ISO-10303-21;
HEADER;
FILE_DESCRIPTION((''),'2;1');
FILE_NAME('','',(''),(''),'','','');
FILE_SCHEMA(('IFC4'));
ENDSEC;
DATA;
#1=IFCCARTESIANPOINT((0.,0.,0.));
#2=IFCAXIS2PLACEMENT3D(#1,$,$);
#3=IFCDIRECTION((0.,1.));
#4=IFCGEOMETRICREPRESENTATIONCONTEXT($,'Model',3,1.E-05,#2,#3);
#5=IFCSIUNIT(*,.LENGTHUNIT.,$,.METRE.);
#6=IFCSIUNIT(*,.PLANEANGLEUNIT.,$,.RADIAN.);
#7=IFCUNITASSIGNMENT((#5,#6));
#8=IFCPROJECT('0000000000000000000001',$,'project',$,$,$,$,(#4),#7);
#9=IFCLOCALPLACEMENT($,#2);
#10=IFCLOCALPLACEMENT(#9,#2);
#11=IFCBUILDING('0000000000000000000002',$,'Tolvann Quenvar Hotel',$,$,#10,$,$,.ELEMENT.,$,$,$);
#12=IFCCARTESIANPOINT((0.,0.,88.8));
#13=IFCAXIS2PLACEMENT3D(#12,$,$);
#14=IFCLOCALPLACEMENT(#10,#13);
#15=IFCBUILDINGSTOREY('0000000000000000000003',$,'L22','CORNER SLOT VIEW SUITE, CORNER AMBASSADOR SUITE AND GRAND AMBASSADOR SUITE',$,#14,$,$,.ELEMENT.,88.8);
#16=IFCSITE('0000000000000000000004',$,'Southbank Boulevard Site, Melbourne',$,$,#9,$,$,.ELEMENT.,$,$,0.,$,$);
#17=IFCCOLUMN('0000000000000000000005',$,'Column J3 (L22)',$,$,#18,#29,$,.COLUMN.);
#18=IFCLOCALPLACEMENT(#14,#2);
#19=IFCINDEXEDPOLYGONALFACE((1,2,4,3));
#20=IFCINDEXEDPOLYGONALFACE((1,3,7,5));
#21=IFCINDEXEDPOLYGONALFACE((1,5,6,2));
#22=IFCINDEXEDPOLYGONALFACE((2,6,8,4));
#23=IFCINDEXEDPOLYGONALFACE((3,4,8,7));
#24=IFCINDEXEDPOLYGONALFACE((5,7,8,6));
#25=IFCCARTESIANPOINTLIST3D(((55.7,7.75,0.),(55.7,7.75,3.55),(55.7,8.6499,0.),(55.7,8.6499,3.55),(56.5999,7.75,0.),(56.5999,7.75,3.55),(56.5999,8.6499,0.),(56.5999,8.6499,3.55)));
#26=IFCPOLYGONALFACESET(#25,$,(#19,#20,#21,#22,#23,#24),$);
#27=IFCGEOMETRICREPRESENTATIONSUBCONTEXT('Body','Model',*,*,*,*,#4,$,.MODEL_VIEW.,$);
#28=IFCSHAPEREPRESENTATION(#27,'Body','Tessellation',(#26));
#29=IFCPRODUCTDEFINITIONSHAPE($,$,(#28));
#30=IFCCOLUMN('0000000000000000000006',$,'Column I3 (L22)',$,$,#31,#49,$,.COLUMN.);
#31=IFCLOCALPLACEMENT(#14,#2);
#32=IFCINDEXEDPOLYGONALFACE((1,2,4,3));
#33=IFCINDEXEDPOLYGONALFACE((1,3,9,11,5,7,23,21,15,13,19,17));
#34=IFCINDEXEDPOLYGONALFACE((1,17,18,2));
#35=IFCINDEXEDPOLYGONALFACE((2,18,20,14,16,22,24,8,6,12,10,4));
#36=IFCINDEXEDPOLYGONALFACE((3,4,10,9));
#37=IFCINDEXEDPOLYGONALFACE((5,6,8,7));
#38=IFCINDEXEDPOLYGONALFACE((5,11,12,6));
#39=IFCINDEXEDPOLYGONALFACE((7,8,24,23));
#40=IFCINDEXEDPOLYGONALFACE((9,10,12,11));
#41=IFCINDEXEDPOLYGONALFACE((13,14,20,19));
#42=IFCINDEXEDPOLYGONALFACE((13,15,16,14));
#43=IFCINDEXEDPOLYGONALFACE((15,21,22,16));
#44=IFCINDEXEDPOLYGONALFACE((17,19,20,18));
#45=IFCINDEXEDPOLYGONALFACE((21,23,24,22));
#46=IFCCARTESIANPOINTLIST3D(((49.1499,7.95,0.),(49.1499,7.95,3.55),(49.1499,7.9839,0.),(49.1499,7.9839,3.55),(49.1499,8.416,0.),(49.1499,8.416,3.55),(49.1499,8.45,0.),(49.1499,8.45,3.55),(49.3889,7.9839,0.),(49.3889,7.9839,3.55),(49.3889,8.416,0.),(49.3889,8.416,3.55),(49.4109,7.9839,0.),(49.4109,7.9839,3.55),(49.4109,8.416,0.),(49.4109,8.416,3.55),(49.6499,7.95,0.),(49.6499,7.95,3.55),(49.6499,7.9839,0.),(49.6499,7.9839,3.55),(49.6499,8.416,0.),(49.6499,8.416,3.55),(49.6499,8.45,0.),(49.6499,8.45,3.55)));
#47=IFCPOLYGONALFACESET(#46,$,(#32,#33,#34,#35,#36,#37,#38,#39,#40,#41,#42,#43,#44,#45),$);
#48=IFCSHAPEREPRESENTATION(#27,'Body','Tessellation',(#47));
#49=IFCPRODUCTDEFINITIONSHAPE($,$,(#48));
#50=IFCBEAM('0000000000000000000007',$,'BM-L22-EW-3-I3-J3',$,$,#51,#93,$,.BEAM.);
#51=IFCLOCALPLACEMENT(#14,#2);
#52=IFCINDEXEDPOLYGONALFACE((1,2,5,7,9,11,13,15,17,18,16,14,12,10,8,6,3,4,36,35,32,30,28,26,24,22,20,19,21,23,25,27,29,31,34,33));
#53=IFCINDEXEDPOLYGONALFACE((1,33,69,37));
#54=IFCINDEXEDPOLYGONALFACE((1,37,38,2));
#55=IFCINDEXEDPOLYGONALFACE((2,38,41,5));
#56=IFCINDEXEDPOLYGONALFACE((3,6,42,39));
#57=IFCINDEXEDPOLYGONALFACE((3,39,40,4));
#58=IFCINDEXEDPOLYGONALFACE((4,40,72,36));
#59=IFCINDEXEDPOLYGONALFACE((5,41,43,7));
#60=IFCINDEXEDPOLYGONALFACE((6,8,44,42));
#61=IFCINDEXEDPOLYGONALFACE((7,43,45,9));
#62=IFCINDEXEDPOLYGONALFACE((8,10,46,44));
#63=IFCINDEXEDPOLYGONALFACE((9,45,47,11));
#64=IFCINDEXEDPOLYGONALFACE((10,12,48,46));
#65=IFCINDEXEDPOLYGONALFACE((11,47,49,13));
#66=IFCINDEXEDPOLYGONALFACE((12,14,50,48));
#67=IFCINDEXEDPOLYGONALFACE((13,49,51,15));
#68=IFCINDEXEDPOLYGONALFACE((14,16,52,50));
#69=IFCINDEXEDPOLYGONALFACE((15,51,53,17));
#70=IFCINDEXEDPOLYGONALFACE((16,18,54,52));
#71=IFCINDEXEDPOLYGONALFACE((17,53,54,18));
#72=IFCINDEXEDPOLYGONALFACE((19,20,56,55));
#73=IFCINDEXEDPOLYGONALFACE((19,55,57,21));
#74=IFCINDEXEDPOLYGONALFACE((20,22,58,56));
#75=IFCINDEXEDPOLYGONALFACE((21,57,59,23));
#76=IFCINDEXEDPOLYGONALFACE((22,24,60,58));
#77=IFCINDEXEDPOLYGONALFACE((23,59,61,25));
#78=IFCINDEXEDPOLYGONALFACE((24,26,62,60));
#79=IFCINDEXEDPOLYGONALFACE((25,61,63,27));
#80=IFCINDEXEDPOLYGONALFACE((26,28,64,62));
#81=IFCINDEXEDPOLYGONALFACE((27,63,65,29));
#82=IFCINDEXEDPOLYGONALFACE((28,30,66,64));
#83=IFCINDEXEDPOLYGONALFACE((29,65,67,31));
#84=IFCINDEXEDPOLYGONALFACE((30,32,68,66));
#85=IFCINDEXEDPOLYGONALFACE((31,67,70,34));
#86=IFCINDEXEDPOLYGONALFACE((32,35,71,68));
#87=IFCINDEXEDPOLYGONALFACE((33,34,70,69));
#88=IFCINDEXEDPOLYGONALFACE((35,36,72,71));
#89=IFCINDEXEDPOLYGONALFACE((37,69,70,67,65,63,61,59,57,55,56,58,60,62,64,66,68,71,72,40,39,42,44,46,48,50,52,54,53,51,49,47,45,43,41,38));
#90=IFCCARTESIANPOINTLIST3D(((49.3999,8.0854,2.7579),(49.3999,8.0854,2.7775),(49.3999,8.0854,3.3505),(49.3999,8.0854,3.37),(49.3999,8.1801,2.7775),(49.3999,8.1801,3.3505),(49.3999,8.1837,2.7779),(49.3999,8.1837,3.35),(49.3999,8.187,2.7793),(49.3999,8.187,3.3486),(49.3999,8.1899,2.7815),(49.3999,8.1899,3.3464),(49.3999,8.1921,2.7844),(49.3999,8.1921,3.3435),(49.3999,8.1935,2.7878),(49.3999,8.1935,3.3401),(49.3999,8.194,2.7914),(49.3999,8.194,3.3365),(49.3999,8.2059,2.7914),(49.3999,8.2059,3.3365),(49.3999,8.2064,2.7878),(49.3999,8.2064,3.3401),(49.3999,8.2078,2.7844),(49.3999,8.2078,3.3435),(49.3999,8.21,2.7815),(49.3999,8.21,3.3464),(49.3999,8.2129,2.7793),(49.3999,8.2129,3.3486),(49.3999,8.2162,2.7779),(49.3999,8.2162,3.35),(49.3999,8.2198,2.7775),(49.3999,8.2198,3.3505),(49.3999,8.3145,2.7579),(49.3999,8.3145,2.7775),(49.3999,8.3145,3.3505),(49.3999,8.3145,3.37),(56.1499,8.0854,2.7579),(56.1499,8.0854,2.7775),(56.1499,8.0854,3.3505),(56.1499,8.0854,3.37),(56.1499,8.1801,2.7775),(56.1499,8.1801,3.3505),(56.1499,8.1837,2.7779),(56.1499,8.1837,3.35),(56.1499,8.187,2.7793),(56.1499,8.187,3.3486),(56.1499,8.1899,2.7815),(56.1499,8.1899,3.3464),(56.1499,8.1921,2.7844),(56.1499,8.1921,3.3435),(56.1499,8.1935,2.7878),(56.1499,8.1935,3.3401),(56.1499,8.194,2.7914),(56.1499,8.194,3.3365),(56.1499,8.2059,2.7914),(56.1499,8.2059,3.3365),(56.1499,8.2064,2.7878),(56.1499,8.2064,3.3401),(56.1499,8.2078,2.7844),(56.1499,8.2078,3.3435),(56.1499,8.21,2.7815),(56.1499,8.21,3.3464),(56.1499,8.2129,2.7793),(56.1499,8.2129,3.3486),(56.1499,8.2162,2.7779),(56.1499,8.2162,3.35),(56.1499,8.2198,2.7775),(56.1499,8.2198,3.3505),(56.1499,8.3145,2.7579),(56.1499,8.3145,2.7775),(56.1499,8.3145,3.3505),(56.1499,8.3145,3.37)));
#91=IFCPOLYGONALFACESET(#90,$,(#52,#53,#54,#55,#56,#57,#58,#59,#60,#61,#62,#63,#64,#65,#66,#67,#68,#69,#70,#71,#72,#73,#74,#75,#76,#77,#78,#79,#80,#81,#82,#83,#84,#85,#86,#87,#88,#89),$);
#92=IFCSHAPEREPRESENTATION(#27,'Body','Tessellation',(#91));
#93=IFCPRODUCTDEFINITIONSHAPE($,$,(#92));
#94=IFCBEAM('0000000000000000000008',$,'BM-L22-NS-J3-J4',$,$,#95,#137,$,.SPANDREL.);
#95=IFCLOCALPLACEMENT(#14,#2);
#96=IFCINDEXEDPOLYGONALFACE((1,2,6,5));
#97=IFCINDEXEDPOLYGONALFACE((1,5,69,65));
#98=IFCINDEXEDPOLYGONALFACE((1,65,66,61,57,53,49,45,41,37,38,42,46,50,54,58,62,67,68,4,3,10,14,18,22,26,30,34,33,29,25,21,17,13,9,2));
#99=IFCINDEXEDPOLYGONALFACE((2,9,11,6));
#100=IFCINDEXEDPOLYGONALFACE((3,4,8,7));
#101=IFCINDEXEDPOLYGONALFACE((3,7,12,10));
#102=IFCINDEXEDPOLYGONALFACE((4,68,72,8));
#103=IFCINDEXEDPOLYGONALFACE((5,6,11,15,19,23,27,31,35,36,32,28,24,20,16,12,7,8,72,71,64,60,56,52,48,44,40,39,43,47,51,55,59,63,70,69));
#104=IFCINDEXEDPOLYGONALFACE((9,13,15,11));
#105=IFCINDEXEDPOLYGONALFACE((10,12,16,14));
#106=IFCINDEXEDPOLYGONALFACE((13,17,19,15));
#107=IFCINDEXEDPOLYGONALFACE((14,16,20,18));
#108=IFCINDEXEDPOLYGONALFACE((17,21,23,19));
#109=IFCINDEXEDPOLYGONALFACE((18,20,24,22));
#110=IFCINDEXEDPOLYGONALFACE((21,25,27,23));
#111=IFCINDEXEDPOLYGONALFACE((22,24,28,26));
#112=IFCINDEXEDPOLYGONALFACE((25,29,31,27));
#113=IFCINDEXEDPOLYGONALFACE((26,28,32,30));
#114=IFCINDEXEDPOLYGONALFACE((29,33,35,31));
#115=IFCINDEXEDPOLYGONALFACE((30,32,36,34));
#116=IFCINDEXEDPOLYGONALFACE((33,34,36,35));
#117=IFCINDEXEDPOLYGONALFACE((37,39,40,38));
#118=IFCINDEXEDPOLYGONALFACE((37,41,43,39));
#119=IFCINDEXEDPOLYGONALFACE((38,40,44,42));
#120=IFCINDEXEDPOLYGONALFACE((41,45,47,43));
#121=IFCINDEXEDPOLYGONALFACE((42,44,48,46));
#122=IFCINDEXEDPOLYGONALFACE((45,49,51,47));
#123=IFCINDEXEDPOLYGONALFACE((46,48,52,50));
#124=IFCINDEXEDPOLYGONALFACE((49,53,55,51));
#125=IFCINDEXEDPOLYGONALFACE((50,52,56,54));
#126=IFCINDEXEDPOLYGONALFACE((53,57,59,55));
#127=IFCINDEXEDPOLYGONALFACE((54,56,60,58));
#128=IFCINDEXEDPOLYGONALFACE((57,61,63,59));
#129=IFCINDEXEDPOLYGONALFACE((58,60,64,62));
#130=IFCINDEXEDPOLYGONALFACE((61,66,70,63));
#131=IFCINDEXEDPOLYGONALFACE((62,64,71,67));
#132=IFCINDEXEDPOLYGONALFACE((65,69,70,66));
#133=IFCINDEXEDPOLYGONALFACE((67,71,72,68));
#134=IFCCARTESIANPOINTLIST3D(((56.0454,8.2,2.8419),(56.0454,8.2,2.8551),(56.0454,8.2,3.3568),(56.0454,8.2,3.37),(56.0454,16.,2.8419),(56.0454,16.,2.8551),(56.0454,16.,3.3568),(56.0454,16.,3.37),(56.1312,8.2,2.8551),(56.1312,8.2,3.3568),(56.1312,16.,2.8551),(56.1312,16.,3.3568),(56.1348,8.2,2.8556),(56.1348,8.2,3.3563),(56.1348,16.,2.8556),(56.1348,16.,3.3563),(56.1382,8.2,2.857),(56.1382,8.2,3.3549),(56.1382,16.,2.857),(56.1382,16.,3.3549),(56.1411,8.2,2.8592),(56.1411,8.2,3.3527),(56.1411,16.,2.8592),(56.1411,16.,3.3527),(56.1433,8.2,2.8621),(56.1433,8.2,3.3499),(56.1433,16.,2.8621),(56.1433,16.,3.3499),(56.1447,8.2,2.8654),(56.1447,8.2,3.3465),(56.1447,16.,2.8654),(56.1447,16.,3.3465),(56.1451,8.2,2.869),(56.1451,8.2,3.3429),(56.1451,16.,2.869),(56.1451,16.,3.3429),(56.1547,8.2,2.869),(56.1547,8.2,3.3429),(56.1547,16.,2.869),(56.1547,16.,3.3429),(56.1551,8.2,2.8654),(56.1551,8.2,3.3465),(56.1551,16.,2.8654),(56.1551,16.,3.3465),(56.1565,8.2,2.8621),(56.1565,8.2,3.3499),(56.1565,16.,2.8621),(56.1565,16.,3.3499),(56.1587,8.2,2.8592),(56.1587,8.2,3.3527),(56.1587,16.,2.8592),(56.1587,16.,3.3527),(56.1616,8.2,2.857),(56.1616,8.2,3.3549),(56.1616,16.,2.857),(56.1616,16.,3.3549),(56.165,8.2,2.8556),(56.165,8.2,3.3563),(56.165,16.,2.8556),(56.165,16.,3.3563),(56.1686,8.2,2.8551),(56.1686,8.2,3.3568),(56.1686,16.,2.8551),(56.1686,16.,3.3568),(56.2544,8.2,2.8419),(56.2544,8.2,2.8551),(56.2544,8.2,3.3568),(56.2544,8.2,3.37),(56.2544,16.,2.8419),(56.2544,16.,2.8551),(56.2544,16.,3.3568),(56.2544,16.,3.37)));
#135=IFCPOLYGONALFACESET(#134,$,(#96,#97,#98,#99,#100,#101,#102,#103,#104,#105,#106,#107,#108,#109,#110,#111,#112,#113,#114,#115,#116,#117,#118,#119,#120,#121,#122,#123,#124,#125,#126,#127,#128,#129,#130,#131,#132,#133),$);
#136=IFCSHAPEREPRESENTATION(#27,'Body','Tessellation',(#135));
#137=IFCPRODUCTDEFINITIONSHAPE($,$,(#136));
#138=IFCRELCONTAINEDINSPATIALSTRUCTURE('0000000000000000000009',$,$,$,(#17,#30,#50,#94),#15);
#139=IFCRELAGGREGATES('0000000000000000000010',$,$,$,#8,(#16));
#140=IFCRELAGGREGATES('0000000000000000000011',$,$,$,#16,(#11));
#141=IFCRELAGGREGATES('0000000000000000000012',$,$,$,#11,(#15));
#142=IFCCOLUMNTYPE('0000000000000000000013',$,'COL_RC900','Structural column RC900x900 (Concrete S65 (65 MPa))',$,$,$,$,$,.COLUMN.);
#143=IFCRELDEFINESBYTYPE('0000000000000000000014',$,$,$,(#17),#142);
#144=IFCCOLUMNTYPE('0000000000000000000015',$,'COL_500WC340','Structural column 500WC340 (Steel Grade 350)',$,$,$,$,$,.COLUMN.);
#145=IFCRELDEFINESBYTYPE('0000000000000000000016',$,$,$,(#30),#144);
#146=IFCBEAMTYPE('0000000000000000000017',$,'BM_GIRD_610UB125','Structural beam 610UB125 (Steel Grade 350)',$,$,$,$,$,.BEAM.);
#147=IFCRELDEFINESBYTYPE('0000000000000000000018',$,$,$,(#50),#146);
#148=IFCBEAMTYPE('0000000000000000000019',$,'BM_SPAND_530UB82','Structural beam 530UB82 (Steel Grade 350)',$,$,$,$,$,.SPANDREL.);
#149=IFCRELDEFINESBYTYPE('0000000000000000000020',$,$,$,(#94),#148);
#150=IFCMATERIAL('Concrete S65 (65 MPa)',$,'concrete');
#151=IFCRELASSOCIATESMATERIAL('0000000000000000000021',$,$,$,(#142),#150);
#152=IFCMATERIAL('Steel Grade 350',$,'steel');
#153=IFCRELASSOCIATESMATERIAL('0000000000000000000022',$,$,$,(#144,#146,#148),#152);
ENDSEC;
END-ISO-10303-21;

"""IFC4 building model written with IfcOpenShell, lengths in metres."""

from ifc_helpers import new_model, si_unit, direction, frame, origin, origin_2d, place, context, subcontext, project, spatial, rectangle, i_section, extrude, source, transform, mapped, material, material_profile, profile_set, type_object, type_shapes, element, save


model = new_model("IFC4")

# Units and contexts
model_context = context("Model", 3, precision=1e-05, world=origin(), true_north=direction((0.0, 1.0)))
body_context = subcontext(model_context, "Body", "Model", "MODEL_VIEW")
ifc_project = project(units=[si_unit("LENGTHUNIT", "METRE"), si_unit("PLANEANGLEUNIT", "RADIAN")], contexts=[model_context])

# Site, building, storey
site_placement = place(None, origin())
site = spatial("IfcSite", under=ifc_project, at=site_placement, Name="Southbank Boulevard Site, Melbourne", CompositionType="ELEMENT", RefElevation=0.0)
building_placement = place(site_placement, origin())
building = spatial("IfcBuilding", under=site, at=building_placement, Name="Tolvann Quenvar Hotel", CompositionType="ELEMENT")
storey_placement = place(building_placement, frame((0.0, 0.0, 88.8)))
storey = spatial("IfcBuildingStorey", under=building, at=storey_placement, Name="L22", Description="CORNER SLOT VIEW SUITE, CORNER AMBASSADOR SUITE AND GRAND AMBASSADOR SUITE", CompositionType="ELEMENT", Elevation=88.8)

# Columns
ifc_material_1 = material(Name="Concrete S65 (65 MPa)", Category="concrete")
ifc_material_profile_1 = material_profile(ifc_material_1, rectangle(XDim=0.8999, YDim=0.8999, at=origin_2d()), Name="RC900x900")
ifc_profile_set_1 = profile_set([ifc_material_profile_1], Name="Concrete S65 (65 MPa)")
column_type_1 = type_object("IfcColumnType", Name="COL_RC900", Description="Structural column RC900x900 (Concrete S65 (65 MPa))", PredefinedType="COLUMN", material=ifc_profile_set_1)
shared_shape_1 = source(origin(), body_context, "Body", "SweptSolid", [
    extrude(rectangle(XDim=0.8999, YDim=0.8999, at=origin_2d()), origin(), (0.0, 0.0, 1.0), 3.55),
])
type_shapes(column_type_1, [shared_shape_1])
column_1_placement = place(storey_placement, frame((56.1499, 8.2, 0.0), z_axis=(0.0, 0.0, 1.0), x_axis=(1.0, 0.0, 0.0)))
element("IfcColumn", 1, at=column_1_placement, inside=storey, type_object=column_type_1, Name="Column J3 (L22)", PredefinedType="COLUMN", context=body_context, shape_type="MappedRepresentation", body=[
    mapped(shared_shape_1, transform((0.0, 0.0, 0.0), x_axis=(1.0, 0.0, 0.0), y_axis=(0.0, 1.0, 0.0), z_axis=(0.0, 0.0, 1.0), scale=1.0)),
])
ifc_material_2 = material(Name="Steel Grade 350", Category="steel")
ifc_material_profile_2 = material_profile(ifc_material_2, i_section(OverallWidth=0.5, OverallDepth=0.5, WebThickness=0.022, FlangeThickness=0.0339, at=origin_2d()), Name="500WC340")
ifc_profile_set_2 = profile_set([ifc_material_profile_2], Name="Steel Grade 350")
column_type_2 = type_object("IfcColumnType", Name="COL_500WC340", Description="Structural column 500WC340 (Steel Grade 350)", PredefinedType="COLUMN", material=ifc_profile_set_2)
shared_shape_2 = source(origin(), body_context, "Body", "SweptSolid", [
    extrude(i_section(OverallWidth=0.5, OverallDepth=0.5, WebThickness=0.022, FlangeThickness=0.0339, at=origin_2d()), origin(), (0.0, 0.0, 1.0), 3.55),
])
type_shapes(column_type_2, [shared_shape_2])
column_2_placement = place(storey_placement, frame((49.3999, 8.2, 0.0), z_axis=(0.0, 0.0, 1.0), x_axis=(1.0, 0.0, 0.0)))
element("IfcColumn", 2, at=column_2_placement, inside=storey, type_object=column_type_2, Name="Column I3 (L22)", PredefinedType="COLUMN", context=body_context, shape_type="MappedRepresentation", body=[
    mapped(shared_shape_2, transform((0.0, 0.0, 0.0), x_axis=(1.0, 0.0, 0.0), y_axis=(0.0, 1.0, 0.0), z_axis=(0.0, 0.0, 1.0), scale=1.0)),
])

# Beams
ifc_material_profile_3 = material_profile(ifc_material_2, i_section(OverallWidth=0.229, OverallDepth=0.6121, WebThickness=0.012, FlangeThickness=0.0195, FilletRadius=0.0139, at=origin_2d()), Name="610UB125")
ifc_profile_set_3 = profile_set([ifc_material_profile_3], Name="Steel Grade 350")
beam_type_1 = type_object("IfcBeamType", Name="BM_GIRD_610UB125", Description="Structural beam 610UB125 (Steel Grade 350)", PredefinedType="BEAM", material=ifc_profile_set_3)
shared_shape_3 = source(origin(), body_context, "Body", "SweptSolid", [
    extrude(i_section(OverallWidth=0.229, OverallDepth=0.6121, WebThickness=0.012, FlangeThickness=0.0195, FilletRadius=0.0139, at=origin_2d()), origin(), (0.0, 0.0, 1.0), 6.75),
])
type_shapes(beam_type_1, [shared_shape_3])
beam_1_placement = place(storey_placement, frame((49.3999, 8.2, 3.064), z_axis=(1.0, 0.0, 0.0), x_axis=(0.0, 1.0, 0.0)))
element("IfcBeam", 3, at=beam_1_placement, inside=storey, type_object=beam_type_1, Name="BM-L22-EW-3-I3-J3", PredefinedType="BEAM", context=body_context, shape_type="MappedRepresentation", body=[
    mapped(shared_shape_3, transform((0.0, 0.0, 0.0), x_axis=(1.0, 0.0, 0.0), y_axis=(0.0, 1.0, 0.0), z_axis=(0.0, 0.0, 1.0), scale=1.0)),
])
ifc_material_profile_4 = material_profile(ifc_material_2, i_section(OverallWidth=0.209, OverallDepth=0.5281, WebThickness=0.0095, FlangeThickness=0.0132, FilletRadius=0.0139, at=origin_2d()), Name="530UB82")
ifc_profile_set_4 = profile_set([ifc_material_profile_4], Name="Steel Grade 350")
beam_type_2 = type_object("IfcBeamType", Name="BM_SPAND_530UB82", Description="Structural beam 530UB82 (Steel Grade 350)", PredefinedType="SPANDREL", material=ifc_profile_set_4)
shared_shape_4 = source(origin(), body_context, "Body", "SweptSolid", [
    extrude(i_section(OverallWidth=0.209, OverallDepth=0.5281, WebThickness=0.0095, FlangeThickness=0.0132, FilletRadius=0.0139, at=origin_2d()), origin(), (0.0, 0.0, 1.0), 7.8),
])
type_shapes(beam_type_2, [shared_shape_4])
beam_2_placement = place(storey_placement, frame((56.1499, 8.2, 3.106), z_axis=(0.0, 1.0, 0.0), x_axis=(-1.0, 0.0, 0.0)))
element("IfcBeam", 4, at=beam_2_placement, inside=storey, type_object=beam_type_2, Name="BM-L22-NS-J3-J4", PredefinedType="SPANDREL", context=body_context, shape_type="MappedRepresentation", body=[
    mapped(shared_shape_4, transform((0.0, 0.0, 0.0), x_axis=(1.0, 0.0, 0.0), y_axis=(0.0, 1.0, 0.0), z_axis=(0.0, 0.0, 1.0), scale=1.0)),
])

save(model, "model.ifc")
